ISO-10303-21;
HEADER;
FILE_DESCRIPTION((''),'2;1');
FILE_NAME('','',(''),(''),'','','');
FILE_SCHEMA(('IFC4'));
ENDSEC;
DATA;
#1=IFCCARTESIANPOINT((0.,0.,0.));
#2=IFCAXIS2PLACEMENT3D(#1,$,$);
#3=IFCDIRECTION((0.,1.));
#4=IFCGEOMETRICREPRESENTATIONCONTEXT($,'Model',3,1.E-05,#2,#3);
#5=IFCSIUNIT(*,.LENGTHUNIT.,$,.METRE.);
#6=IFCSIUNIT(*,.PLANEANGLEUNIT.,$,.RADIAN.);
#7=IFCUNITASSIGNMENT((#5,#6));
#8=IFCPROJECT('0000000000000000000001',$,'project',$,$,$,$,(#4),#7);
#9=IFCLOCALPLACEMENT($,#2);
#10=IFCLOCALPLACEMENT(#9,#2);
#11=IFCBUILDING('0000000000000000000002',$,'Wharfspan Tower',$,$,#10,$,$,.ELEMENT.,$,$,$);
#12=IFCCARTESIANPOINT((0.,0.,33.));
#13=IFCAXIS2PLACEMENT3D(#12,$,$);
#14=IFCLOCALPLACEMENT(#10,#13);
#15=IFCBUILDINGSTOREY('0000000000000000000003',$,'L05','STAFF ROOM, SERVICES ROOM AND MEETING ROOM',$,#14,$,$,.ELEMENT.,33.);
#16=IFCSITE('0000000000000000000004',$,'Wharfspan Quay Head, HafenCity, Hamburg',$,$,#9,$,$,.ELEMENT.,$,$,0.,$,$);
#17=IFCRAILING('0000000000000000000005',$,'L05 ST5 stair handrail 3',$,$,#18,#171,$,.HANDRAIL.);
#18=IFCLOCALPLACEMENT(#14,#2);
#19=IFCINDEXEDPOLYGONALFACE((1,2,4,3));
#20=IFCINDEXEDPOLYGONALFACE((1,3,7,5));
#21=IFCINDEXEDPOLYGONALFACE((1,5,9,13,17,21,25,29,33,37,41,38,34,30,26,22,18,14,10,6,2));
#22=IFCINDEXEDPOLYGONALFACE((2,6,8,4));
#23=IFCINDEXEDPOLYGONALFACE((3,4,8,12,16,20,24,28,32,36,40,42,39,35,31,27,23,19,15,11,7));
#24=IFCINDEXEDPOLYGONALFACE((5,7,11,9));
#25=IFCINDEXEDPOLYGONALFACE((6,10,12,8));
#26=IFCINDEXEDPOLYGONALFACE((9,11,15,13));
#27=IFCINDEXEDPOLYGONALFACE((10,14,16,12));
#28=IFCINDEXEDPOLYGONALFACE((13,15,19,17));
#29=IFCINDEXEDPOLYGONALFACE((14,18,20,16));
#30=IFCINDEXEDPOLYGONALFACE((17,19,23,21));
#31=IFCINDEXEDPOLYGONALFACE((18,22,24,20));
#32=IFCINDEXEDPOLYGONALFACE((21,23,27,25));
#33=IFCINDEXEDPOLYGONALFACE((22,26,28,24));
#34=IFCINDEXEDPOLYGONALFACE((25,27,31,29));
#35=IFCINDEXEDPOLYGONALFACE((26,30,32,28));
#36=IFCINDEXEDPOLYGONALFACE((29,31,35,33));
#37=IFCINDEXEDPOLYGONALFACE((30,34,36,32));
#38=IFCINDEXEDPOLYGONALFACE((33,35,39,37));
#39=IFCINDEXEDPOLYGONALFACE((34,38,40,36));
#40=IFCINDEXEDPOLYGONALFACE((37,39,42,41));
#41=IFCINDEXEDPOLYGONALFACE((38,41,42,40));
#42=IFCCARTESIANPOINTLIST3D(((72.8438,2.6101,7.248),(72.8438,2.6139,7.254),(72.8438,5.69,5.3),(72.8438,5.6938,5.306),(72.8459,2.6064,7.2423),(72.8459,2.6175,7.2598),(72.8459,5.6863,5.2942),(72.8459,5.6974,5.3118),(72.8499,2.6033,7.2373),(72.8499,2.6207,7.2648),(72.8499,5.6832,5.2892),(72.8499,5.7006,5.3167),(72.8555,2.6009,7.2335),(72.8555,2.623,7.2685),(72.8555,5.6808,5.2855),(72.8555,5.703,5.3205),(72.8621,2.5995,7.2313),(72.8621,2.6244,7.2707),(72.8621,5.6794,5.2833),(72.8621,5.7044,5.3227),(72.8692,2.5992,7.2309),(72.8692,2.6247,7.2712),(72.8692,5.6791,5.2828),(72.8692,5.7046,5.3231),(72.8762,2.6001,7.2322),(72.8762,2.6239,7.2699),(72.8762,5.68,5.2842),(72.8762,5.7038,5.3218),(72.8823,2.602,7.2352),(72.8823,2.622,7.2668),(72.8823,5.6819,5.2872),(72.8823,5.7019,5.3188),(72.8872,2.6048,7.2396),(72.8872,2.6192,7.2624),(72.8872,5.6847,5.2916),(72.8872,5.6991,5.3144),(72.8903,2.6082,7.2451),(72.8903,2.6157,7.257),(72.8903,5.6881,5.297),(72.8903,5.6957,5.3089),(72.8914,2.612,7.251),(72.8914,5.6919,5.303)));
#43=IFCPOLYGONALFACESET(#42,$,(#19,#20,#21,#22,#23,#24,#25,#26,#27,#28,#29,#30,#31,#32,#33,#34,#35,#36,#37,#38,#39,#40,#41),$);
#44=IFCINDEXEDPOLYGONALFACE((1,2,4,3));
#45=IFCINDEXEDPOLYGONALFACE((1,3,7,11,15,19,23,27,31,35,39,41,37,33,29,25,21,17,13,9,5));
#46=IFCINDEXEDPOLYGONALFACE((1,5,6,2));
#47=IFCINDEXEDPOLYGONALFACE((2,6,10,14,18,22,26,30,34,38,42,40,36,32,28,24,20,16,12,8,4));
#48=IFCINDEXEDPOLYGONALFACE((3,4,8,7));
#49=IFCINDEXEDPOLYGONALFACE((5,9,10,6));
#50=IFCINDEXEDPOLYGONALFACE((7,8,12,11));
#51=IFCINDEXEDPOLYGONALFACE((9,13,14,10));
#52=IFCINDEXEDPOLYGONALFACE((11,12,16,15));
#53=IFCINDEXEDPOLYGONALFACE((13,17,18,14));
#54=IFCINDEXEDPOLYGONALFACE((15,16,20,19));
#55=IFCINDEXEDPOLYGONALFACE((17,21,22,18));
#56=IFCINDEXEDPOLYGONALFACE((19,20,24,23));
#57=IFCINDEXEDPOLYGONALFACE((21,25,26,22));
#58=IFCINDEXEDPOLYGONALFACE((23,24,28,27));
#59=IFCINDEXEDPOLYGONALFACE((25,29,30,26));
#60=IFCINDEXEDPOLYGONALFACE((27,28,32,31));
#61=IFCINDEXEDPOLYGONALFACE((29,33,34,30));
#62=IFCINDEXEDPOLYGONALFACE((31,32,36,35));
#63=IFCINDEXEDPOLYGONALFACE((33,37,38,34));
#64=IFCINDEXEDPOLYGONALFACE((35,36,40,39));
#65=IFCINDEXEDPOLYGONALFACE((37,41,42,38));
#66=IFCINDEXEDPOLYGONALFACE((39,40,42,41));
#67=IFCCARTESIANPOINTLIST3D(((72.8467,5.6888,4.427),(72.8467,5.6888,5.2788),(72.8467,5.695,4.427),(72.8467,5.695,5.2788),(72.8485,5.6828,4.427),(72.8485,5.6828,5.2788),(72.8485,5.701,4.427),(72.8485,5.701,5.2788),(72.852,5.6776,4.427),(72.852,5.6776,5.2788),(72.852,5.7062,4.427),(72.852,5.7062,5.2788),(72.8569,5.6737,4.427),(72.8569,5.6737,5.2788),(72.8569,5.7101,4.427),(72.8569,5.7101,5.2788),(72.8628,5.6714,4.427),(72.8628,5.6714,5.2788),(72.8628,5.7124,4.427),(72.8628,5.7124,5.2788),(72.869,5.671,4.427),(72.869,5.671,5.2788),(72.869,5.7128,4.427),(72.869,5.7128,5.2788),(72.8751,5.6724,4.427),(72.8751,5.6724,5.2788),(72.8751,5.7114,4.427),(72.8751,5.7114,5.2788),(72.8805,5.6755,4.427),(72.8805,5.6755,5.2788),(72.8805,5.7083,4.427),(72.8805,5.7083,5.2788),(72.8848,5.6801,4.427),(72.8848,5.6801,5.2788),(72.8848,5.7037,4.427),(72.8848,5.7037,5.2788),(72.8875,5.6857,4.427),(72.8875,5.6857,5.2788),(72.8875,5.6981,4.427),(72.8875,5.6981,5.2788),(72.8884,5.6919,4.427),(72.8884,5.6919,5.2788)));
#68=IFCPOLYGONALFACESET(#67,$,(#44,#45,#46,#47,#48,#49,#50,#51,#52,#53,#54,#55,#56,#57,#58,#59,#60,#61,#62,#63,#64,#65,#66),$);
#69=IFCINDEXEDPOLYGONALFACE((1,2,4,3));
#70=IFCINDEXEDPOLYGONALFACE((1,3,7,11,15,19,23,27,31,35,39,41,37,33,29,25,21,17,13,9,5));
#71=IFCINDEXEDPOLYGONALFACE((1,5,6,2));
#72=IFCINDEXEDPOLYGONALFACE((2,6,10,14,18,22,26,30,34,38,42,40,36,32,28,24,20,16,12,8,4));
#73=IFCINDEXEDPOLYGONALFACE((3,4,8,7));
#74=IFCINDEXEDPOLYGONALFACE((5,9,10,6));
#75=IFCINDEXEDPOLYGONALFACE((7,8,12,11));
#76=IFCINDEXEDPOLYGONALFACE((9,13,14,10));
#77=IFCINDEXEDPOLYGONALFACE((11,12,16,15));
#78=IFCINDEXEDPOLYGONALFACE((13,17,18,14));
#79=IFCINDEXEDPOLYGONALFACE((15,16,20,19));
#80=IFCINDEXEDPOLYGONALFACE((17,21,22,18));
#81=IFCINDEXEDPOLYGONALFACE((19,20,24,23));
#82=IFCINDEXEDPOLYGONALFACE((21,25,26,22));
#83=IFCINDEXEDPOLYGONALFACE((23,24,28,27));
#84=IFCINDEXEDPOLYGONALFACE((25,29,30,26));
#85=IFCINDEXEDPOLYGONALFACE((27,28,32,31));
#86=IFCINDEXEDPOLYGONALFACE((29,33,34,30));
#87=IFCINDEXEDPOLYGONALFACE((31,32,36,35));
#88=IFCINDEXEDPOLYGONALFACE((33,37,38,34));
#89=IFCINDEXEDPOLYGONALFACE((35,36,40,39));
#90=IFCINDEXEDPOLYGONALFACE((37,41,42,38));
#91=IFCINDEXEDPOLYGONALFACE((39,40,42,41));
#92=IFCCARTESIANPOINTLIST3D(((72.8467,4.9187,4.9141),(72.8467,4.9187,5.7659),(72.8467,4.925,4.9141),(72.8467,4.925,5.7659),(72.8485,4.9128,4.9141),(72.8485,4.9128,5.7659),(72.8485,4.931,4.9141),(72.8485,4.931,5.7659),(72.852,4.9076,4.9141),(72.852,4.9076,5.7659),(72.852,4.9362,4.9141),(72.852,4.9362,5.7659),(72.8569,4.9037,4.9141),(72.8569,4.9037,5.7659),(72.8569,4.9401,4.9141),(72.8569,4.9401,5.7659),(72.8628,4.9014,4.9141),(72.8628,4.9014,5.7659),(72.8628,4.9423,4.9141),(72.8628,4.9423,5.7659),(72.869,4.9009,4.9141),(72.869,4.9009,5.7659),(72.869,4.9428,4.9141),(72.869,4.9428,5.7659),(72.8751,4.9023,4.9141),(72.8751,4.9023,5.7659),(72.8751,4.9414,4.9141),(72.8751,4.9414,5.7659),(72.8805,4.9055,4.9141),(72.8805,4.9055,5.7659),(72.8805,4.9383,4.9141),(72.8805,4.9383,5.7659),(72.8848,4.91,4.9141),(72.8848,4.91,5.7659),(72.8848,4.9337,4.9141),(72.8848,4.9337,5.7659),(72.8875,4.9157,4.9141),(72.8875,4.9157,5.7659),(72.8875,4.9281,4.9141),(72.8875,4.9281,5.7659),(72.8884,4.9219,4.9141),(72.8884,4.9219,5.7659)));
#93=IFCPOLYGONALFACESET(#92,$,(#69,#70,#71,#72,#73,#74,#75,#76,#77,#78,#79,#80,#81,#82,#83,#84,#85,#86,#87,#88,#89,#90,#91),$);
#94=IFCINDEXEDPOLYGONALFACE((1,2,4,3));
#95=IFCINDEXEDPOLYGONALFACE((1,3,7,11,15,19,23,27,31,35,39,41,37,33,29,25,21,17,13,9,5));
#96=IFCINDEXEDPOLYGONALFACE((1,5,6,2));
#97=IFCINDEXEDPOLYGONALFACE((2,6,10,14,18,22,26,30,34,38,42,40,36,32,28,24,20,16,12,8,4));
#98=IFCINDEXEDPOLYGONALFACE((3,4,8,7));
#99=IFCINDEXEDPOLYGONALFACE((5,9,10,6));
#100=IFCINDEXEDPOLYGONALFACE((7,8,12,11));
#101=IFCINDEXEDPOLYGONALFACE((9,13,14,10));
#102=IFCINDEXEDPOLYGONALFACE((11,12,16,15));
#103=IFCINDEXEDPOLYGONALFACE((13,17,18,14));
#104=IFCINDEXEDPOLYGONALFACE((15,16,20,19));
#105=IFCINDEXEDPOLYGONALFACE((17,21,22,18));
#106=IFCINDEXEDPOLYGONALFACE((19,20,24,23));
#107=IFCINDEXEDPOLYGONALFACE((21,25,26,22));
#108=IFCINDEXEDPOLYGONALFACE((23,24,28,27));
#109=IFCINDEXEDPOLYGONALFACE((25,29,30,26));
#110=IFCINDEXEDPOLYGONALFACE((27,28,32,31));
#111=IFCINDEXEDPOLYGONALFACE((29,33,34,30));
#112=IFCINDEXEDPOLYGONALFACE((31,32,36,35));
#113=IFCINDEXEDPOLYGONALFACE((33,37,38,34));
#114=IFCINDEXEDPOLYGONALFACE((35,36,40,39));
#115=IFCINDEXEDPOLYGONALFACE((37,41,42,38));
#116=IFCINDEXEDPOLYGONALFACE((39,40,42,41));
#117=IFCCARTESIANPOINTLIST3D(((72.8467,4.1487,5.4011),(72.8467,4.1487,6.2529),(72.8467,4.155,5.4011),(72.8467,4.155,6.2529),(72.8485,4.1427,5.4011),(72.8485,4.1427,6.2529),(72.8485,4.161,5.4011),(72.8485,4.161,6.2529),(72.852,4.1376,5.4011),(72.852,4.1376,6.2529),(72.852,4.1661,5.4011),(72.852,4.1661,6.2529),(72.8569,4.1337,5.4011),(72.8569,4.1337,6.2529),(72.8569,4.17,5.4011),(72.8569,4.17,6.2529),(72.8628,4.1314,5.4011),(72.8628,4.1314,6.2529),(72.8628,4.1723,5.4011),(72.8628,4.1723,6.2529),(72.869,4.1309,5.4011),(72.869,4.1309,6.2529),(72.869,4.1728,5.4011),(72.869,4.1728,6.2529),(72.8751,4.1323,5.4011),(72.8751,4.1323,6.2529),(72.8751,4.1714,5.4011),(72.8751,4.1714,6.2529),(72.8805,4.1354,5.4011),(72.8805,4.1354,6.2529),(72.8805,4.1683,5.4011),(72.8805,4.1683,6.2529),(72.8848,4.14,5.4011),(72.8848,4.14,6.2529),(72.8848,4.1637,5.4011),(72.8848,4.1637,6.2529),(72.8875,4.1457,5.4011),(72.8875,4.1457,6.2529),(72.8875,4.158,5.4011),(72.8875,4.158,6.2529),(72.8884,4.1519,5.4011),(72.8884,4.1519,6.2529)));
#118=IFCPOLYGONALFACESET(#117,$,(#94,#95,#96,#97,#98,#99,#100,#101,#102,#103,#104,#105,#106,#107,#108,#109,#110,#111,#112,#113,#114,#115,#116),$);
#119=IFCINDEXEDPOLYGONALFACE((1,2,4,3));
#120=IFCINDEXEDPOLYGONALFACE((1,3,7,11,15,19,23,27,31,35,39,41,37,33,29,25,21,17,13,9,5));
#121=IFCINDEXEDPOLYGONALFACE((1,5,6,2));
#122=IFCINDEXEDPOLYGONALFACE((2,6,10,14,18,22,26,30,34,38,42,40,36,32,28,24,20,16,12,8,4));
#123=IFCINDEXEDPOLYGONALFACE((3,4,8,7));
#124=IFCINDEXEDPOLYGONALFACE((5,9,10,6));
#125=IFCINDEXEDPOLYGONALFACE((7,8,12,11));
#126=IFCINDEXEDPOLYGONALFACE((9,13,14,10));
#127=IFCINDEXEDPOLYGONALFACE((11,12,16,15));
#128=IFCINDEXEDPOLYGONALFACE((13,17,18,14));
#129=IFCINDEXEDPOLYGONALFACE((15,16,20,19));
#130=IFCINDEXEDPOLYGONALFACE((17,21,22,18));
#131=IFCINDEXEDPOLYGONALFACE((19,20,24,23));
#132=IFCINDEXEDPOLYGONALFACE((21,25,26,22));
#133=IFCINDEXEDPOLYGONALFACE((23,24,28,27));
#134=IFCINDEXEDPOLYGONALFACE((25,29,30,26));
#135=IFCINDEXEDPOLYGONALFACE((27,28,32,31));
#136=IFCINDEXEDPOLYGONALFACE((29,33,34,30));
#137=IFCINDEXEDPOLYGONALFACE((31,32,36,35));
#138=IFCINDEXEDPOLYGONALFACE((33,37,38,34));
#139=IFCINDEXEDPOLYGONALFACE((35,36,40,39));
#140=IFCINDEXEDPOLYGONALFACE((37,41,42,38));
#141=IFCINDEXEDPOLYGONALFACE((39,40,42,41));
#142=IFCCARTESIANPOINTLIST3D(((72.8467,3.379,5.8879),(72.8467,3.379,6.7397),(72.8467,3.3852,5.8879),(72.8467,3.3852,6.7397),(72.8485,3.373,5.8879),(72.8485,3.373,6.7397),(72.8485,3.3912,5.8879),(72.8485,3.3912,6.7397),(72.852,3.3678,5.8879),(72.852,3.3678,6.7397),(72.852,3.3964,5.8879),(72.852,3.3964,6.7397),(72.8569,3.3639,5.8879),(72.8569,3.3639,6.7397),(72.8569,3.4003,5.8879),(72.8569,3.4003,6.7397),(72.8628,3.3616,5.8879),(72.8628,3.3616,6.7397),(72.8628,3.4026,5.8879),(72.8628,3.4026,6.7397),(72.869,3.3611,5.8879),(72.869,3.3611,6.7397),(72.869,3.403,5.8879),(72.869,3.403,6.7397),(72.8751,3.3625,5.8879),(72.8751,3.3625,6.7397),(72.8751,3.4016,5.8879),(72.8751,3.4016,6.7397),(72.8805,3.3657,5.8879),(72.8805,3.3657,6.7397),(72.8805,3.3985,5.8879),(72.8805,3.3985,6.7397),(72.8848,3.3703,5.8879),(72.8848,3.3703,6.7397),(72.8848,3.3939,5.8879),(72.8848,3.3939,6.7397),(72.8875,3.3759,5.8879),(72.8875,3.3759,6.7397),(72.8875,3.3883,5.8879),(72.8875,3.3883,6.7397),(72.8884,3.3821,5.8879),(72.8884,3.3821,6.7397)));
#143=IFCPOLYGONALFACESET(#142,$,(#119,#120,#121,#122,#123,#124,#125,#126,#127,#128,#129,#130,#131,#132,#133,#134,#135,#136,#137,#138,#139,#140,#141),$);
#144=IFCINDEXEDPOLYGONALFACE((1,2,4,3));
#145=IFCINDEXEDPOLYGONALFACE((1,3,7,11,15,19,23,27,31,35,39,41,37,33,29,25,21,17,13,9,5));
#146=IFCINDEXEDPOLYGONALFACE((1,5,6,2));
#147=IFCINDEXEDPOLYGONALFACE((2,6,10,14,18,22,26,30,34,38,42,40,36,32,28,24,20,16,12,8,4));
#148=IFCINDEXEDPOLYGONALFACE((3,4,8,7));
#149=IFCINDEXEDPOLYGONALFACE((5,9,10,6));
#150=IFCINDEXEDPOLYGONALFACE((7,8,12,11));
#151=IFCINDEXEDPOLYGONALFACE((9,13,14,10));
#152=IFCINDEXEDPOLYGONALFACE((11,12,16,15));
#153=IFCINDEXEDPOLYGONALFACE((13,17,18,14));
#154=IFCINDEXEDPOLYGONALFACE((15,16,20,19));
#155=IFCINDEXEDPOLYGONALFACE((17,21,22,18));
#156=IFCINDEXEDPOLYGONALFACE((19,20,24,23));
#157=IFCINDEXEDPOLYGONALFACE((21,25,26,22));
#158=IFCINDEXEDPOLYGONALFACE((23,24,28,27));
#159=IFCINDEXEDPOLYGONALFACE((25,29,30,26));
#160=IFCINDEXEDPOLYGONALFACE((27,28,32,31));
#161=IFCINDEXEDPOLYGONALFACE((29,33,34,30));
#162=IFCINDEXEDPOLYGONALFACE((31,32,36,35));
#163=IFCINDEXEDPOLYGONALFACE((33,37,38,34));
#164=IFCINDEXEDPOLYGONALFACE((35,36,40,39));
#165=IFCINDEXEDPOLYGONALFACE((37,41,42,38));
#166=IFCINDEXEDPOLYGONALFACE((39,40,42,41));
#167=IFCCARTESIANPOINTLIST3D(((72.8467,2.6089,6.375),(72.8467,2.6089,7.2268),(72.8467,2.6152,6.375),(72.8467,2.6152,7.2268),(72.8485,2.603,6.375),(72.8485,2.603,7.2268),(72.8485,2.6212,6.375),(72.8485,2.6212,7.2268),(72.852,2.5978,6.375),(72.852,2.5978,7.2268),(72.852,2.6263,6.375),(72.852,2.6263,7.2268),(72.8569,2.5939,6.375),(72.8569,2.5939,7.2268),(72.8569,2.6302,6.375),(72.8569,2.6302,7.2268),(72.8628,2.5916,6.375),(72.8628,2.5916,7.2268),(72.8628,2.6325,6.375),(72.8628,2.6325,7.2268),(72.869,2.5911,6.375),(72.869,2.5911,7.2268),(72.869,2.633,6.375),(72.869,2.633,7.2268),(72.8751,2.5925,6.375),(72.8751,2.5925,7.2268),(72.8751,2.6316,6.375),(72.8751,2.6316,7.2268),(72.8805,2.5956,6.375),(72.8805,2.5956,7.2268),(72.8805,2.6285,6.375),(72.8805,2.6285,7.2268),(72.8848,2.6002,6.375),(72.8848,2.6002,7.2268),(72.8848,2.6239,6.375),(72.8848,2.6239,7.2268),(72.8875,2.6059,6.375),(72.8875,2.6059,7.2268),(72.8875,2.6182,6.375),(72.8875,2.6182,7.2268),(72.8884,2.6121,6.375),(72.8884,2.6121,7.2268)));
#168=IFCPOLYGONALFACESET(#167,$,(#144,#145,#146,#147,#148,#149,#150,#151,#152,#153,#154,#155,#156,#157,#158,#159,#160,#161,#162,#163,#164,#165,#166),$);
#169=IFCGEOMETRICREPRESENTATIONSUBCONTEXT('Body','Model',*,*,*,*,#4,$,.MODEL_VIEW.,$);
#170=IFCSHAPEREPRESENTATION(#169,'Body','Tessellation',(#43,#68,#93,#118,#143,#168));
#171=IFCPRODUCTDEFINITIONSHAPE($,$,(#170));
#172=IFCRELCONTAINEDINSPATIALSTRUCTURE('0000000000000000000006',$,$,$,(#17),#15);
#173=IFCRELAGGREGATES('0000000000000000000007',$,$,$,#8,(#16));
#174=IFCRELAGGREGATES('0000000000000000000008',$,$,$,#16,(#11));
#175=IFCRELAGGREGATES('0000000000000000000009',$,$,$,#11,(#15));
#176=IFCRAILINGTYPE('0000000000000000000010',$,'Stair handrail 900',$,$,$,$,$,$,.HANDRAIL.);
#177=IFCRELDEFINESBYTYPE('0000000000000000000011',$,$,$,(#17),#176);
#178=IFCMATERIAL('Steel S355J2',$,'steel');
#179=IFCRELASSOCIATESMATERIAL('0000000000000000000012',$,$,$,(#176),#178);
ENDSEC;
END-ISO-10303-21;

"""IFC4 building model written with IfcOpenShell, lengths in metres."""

from ifc_helpers import new_model, si_unit, direction, frame, origin, origin_2d, place, context, subcontext, project, spatial, circle, extrude, material, type_object, element, save


model = new_model("IFC4")

# Units and contexts
model_context = context("Model", 3, precision=1e-05, world=origin(), true_north=direction((0.0, 1.0)))
body_context = subcontext(model_context, "Body", "Model", "MODEL_VIEW")
ifc_project = project(units=[si_unit("LENGTHUNIT", "METRE"), si_unit("PLANEANGLEUNIT", "RADIAN")], contexts=[model_context])

# Site, building, storey
site_placement = place(None, origin())
site = spatial("IfcSite", under=ifc_project, at=site_placement, Name="Wharfspan Quay Head, HafenCity, Hamburg", CompositionType="ELEMENT", RefElevation=0.0)
building_placement = place(site_placement, origin())
building = spatial("IfcBuilding", under=site, at=building_placement, Name="Wharfspan Tower", CompositionType="ELEMENT")
storey_placement = place(building_placement, frame((0.0, 0.0, 33.0)))
storey = spatial("IfcBuildingStorey", under=building, at=storey_placement, Name="L05", Description="STAFF ROOM, SERVICES ROOM AND MEETING ROOM", CompositionType="ELEMENT", Elevation=33.0)

# Railing
ifc_material_1 = material(Name="Steel S355J2", Category="steel")
railing_type_1 = type_object("IfcRailingType", Name="Stair handrail 900", PredefinedType="HANDRAIL", material=ifc_material_1)
railing_1_placement = place(storey_placement, frame((72.8674, 5.6919, 4.427)))
element("IfcRailing", 1, at=railing_1_placement, inside=storey, type_object=railing_type_1, Name="L05 ST5 stair handrail 3", PredefinedType="HANDRAIL", context=body_context, shape_type="SweptSolid", body=[
    extrude(circle(Radius=0.0239, at=origin_2d()), frame((0.0, 0.0, 0.876), z_axis=(0.0, -0.845137, 0.53455), x_axis=(1.0, 0.0, 0.0)), (0.0, 0.0, 1.0), 3.6443),
    extrude(circle(Radius=0.021, at=origin_2d()), origin(), (0.0, 0.0, 1.0), 0.8518),
    extrude(circle(Radius=0.021, at=origin_2d()), frame((0.0, -0.77, 0.4871)), (0.0, 0.0, 1.0), 0.8518),
    extrude(circle(Radius=0.021, at=origin_2d()), frame((0.0, -1.54, 0.9741)), (0.0, 0.0, 1.0), 0.8518),
    extrude(circle(Radius=0.021, at=origin_2d()), frame((0.0, -2.3098, 1.4609)), (0.0, 0.0, 1.0), 0.8518),
    extrude(circle(Radius=0.021, at=origin_2d()), frame((0.0, -3.0798, 1.948)), (0.0, 0.0, 1.0), 0.8518),
])

save(model, "model.ifc")
